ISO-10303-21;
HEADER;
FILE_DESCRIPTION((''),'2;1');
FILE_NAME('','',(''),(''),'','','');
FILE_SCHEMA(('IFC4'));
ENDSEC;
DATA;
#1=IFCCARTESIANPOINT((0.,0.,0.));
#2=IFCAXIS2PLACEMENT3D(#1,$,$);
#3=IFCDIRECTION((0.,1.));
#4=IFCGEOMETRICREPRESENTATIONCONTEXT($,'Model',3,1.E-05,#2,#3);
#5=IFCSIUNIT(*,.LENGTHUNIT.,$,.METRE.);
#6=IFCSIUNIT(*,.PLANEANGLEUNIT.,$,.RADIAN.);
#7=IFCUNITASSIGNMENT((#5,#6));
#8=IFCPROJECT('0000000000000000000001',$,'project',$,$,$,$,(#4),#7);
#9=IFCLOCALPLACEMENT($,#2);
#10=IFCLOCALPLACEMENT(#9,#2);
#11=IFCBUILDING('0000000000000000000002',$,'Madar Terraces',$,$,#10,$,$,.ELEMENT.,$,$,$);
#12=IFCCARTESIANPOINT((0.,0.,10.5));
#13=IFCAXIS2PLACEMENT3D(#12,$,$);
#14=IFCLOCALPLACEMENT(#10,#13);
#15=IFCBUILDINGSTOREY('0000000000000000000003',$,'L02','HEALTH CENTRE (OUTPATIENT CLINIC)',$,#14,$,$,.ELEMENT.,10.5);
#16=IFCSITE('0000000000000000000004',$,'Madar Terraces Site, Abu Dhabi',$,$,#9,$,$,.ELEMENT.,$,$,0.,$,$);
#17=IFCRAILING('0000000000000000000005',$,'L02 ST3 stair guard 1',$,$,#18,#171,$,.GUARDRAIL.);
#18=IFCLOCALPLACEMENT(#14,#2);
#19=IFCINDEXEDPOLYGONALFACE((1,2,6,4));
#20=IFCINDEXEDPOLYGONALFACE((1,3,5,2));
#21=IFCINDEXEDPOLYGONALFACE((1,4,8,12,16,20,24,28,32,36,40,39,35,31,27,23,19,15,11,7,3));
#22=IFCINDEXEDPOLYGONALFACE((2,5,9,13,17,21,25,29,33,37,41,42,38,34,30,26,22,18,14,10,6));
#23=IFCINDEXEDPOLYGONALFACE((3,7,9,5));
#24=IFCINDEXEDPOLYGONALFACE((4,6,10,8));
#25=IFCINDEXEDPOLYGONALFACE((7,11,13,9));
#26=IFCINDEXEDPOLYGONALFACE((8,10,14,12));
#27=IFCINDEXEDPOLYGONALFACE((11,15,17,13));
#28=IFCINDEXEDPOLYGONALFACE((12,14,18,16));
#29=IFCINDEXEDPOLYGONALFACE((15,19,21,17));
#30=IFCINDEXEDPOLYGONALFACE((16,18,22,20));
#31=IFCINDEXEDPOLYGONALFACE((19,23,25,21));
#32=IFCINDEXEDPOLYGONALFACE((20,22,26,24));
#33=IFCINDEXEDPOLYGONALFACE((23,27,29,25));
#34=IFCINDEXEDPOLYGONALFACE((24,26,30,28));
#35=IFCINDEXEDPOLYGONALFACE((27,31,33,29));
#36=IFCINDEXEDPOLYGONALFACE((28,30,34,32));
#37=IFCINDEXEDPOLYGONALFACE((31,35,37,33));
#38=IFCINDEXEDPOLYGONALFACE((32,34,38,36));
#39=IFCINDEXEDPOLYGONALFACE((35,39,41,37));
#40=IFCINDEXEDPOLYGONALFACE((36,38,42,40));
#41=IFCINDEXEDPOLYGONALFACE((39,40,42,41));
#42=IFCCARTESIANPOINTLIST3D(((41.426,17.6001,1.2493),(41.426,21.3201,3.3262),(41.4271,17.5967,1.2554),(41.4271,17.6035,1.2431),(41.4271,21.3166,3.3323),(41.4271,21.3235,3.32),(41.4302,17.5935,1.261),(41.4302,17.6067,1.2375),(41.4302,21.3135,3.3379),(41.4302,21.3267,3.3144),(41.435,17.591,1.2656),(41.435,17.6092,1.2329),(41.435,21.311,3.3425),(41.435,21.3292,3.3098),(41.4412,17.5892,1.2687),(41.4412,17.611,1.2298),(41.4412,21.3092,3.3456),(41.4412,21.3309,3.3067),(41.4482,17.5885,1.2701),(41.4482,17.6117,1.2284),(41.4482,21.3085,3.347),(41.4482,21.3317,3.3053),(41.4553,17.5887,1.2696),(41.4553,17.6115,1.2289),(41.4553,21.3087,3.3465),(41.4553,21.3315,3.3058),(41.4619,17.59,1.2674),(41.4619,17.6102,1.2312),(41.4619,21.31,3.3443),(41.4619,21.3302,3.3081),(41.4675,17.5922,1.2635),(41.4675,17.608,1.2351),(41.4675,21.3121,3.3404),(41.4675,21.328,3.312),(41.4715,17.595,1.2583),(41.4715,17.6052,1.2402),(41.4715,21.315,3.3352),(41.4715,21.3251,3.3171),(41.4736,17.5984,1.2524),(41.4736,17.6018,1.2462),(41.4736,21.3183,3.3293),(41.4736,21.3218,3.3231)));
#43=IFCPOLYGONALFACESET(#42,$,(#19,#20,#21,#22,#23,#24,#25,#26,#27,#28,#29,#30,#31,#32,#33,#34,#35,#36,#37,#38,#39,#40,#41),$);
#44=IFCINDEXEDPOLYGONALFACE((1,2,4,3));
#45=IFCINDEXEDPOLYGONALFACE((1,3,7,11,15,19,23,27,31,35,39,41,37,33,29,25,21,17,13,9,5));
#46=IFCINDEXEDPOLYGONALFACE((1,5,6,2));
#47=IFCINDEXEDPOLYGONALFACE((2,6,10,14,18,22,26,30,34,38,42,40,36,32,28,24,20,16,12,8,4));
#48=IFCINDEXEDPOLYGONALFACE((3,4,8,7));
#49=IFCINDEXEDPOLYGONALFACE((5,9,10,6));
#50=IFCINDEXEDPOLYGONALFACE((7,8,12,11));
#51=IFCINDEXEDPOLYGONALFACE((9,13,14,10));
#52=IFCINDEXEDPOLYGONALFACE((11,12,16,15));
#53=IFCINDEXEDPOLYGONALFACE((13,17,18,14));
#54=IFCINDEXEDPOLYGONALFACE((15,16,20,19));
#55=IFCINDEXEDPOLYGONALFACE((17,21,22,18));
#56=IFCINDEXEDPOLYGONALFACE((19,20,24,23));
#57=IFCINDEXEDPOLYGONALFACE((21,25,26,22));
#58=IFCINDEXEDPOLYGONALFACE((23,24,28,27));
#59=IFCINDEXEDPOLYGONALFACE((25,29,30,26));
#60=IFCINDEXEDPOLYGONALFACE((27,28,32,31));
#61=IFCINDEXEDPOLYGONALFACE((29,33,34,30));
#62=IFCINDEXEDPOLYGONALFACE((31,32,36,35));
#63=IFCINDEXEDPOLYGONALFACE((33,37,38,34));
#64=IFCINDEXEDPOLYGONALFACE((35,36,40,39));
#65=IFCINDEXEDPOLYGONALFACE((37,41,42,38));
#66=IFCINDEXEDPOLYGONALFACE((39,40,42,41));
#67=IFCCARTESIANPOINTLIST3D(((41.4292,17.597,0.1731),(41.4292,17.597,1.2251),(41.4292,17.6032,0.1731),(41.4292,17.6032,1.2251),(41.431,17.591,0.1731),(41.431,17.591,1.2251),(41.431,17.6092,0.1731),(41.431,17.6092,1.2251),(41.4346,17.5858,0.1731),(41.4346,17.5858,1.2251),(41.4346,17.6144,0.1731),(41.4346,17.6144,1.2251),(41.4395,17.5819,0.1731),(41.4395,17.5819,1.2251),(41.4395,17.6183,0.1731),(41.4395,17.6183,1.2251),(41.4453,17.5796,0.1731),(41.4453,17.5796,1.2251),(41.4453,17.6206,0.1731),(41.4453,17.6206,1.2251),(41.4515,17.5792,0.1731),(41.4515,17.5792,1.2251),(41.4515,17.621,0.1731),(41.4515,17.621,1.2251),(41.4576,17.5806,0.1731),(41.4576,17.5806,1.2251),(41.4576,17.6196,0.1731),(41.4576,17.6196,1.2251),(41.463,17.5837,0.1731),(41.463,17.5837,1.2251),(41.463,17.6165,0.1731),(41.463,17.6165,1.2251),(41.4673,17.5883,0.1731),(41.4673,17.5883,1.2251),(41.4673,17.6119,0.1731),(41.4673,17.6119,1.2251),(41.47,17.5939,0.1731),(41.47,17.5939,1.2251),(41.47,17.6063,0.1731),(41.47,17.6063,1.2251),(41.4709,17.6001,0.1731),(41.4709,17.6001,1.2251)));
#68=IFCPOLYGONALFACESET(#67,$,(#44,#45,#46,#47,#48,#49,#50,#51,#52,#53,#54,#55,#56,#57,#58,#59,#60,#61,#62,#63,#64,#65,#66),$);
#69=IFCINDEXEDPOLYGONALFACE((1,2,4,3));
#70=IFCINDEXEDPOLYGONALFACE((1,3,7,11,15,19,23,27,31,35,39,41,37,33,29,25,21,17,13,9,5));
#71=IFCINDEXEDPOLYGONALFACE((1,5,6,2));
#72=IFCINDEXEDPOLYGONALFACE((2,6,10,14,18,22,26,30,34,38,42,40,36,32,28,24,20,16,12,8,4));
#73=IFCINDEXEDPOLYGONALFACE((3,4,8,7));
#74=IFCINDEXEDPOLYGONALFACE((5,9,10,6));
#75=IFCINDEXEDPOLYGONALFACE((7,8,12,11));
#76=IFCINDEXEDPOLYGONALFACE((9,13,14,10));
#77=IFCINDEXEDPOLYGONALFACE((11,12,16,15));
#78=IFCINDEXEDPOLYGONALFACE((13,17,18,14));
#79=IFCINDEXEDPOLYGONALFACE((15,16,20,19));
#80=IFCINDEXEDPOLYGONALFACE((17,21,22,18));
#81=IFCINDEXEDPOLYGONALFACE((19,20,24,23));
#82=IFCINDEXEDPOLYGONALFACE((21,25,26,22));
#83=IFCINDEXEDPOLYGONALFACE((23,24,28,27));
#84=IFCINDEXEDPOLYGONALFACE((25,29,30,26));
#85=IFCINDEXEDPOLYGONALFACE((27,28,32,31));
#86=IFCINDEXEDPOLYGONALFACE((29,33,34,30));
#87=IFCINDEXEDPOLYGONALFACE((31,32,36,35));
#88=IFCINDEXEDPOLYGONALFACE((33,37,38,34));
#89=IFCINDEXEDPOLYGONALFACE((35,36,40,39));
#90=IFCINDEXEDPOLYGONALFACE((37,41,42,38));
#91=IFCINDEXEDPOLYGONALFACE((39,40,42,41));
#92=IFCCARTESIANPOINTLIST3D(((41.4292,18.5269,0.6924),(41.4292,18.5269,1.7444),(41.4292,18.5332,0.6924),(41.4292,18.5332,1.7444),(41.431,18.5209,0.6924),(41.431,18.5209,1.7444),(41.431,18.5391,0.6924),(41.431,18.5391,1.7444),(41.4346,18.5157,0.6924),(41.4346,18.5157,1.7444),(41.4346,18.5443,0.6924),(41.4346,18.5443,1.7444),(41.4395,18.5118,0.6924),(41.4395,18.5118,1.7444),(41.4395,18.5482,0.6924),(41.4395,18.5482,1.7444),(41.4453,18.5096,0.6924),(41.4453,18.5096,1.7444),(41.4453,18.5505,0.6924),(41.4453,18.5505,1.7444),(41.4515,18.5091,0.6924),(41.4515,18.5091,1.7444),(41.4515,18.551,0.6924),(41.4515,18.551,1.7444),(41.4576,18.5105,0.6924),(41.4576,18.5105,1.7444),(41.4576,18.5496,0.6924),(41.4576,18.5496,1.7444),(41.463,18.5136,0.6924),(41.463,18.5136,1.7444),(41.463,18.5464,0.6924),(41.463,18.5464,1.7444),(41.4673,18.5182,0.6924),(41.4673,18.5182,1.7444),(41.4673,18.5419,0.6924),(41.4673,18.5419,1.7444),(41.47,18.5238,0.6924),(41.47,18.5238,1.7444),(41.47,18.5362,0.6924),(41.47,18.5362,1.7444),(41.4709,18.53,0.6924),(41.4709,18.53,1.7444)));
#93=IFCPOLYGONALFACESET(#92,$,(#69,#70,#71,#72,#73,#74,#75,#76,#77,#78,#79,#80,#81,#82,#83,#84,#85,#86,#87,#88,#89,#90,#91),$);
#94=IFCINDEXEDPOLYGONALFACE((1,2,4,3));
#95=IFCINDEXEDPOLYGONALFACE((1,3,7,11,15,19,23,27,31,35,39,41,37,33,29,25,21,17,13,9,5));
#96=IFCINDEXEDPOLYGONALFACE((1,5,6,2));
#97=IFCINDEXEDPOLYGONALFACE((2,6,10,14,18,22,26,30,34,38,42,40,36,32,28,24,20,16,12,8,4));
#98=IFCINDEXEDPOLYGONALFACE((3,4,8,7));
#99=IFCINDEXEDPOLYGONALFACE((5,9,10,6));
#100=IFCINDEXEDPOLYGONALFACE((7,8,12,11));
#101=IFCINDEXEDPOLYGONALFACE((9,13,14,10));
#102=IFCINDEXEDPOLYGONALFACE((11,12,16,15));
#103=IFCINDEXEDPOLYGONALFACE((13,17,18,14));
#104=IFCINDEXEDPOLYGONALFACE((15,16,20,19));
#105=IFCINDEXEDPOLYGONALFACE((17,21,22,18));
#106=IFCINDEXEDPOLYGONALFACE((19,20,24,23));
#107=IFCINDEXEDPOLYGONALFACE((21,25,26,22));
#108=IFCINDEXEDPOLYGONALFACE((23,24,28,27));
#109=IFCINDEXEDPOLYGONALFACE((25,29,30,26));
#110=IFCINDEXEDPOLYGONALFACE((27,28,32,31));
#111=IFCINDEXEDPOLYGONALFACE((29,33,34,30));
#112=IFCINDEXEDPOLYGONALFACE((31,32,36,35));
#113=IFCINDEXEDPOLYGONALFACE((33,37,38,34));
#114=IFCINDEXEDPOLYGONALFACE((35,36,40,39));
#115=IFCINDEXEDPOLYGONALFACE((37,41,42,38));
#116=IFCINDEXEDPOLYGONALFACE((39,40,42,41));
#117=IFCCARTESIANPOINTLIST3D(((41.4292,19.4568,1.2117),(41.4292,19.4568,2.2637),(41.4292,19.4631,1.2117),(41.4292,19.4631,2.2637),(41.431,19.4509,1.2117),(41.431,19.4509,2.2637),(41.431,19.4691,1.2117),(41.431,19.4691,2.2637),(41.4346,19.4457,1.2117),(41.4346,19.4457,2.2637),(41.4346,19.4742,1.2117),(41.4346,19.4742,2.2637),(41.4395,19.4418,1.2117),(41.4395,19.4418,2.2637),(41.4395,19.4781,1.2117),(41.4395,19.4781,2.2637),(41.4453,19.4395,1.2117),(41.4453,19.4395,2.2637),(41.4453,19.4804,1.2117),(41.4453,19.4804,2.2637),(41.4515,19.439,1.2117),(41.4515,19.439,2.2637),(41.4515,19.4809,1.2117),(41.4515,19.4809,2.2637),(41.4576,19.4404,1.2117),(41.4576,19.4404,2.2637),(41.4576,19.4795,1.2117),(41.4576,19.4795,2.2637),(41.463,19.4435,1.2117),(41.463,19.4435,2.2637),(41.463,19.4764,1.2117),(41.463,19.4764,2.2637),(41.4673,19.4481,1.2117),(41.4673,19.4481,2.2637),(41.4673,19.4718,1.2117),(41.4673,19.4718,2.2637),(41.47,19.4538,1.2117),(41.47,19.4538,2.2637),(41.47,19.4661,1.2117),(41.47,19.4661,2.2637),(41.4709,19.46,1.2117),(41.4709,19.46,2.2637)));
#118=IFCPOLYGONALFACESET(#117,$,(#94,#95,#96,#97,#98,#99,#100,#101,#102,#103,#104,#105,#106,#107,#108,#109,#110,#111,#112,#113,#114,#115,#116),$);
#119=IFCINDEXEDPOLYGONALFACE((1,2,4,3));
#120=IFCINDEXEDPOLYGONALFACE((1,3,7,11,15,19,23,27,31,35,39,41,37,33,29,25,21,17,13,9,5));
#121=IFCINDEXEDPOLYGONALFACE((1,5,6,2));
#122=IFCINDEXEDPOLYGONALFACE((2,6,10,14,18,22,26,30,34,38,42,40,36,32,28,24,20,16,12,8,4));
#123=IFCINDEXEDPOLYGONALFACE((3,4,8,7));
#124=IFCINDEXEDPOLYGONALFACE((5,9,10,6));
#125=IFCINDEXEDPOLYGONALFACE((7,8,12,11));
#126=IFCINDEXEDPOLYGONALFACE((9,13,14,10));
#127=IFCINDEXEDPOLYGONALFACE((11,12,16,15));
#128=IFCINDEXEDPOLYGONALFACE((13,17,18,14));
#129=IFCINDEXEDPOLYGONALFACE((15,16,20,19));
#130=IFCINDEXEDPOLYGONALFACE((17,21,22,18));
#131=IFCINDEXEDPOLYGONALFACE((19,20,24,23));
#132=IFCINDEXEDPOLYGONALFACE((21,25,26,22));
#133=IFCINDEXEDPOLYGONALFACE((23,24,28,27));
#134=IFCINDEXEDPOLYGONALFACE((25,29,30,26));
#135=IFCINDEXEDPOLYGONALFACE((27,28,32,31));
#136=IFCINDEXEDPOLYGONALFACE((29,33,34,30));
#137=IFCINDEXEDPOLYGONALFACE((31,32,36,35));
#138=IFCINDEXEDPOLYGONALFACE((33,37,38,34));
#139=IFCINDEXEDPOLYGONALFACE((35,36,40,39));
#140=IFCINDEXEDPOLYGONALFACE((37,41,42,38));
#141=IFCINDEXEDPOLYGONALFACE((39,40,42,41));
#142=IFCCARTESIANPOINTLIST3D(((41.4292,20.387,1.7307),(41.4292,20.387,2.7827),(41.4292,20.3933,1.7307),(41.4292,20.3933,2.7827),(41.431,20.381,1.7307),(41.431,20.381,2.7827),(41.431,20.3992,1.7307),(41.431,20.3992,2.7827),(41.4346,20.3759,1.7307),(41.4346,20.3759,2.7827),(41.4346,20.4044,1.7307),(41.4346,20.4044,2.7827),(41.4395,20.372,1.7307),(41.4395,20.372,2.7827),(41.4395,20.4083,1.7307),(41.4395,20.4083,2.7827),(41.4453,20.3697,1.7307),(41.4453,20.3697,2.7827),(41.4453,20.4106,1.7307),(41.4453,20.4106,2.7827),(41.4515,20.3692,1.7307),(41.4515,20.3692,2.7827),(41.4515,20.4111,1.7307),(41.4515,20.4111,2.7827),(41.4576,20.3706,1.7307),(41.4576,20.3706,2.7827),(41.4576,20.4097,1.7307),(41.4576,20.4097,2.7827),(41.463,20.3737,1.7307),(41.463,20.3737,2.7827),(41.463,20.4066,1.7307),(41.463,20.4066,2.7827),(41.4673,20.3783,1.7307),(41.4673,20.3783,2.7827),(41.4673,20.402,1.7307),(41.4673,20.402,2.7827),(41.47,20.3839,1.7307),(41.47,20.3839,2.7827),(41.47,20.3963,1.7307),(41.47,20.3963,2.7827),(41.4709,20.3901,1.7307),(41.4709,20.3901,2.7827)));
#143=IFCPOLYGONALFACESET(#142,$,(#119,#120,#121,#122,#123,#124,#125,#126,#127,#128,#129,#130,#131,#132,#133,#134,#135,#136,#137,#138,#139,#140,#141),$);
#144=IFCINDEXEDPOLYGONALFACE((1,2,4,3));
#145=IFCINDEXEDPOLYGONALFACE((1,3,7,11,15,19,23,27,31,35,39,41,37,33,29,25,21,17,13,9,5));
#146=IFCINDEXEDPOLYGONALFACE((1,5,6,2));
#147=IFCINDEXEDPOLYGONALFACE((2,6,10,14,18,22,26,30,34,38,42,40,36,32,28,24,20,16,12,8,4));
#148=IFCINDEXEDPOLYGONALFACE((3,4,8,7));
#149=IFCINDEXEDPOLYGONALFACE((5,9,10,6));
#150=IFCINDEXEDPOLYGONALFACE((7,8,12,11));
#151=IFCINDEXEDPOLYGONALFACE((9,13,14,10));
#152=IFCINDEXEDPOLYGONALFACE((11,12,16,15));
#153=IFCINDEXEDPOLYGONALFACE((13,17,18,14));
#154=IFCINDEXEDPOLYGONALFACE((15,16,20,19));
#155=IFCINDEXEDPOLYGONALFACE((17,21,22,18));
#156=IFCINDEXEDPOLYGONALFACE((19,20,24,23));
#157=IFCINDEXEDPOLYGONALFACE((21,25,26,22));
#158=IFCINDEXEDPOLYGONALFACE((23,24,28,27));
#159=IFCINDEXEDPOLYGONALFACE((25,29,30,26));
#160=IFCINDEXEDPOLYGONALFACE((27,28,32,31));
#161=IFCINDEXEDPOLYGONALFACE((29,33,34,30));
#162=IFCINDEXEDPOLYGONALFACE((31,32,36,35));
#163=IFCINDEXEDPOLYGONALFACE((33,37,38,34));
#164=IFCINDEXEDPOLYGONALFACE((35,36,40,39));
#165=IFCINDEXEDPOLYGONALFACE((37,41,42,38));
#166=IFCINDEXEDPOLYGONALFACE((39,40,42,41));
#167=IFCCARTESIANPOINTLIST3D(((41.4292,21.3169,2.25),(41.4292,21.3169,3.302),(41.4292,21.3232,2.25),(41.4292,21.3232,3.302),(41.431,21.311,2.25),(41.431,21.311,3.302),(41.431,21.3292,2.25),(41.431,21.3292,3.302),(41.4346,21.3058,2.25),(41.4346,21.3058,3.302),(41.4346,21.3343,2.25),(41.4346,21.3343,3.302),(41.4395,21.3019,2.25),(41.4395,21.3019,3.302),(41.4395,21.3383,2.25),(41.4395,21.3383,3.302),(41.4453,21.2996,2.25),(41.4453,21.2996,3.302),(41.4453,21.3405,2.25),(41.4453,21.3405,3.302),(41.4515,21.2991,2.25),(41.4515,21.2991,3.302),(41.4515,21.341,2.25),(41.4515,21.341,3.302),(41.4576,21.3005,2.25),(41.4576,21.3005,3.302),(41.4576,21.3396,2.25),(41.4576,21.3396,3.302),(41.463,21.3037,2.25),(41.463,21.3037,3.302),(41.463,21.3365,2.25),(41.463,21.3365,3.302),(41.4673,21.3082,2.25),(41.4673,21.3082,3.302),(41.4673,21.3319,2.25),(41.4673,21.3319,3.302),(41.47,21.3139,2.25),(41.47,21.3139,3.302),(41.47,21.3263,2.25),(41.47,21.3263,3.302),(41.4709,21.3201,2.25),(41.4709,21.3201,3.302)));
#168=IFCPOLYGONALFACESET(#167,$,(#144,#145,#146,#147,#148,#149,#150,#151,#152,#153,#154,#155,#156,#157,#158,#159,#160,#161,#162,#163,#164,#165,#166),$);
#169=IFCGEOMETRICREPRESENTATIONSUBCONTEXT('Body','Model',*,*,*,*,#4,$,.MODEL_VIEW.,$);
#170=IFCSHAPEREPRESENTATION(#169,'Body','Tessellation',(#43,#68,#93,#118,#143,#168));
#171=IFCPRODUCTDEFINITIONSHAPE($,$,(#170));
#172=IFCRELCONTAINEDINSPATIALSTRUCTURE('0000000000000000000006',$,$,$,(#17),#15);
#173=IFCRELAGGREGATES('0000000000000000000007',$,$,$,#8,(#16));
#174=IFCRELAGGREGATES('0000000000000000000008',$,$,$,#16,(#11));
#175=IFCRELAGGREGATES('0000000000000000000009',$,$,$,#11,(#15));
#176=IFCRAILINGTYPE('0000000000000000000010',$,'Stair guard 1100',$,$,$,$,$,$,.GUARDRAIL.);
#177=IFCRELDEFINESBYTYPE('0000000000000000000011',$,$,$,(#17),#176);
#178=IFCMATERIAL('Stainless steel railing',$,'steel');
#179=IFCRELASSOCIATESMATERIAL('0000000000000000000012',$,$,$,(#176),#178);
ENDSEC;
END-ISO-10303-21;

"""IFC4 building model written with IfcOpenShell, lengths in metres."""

from ifc_helpers import new_model, si_unit, direction, frame, origin, origin_2d, place, context, subcontext, project, spatial, circle, extrude, material, type_object, element, save


model = new_model("IFC4")

# Units and contexts
model_context = context("Model", 3, precision=1e-05, world=origin(), true_north=direction((0.0, 1.0)))
body_context = subcontext(model_context, "Body", "Model", "MODEL_VIEW")
ifc_project = project(units=[si_unit("LENGTHUNIT", "METRE"), si_unit("PLANEANGLEUNIT", "RADIAN")], contexts=[model_context])

# Site, building, storey
site_placement = place(None, origin())
site = spatial("IfcSite", under=ifc_project, at=site_placement, Name="Madar Terraces Site, Abu Dhabi", CompositionType="ELEMENT", RefElevation=0.0)
building_placement = place(site_placement, origin())
building = spatial("IfcBuilding", under=site, at=building_placement, Name="Madar Terraces", CompositionType="ELEMENT")
storey_placement = place(building_placement, frame((0.0, 0.0, 10.5)))
storey = spatial("IfcBuildingStorey", under=building, at=storey_placement, Name="L02", Description="HEALTH CENTRE (OUTPATIENT CLINIC)", CompositionType="ELEMENT", Elevation=10.5)

# Railing
ifc_material_1 = material(Name="Stainless steel railing", Category="steel")
railing_type_1 = type_object("IfcRailingType", Name="Stair guard 1100", PredefinedType="GUARDRAIL", material=ifc_material_1)
for number, where, name in (
    (1, (41.45, 17.6001, 0.1731), "L02 ST3 stair guard 1"),
):
    element("IfcRailing", number, at=place(storey_placement, frame(where)), inside=storey, type_object=railing_type_1, Name=name, PredefinedType="GUARDRAIL", context=body_context, shape_type="SweptSolid", body=[
        extrude(circle(Radius=0.0239, at=origin_2d()), frame((0.0, 0.0, 1.0762), z_axis=(0.0, 0.873134, 0.487481), x_axis=(-1.0, 0.0, 0.0)), (0.0, 0.0, 1.0), 4.2605),
        extrude(circle(Radius=0.021, at=origin_2d()), origin(), (0.0, 0.0, 1.0), 1.052),
        extrude(circle(Radius=0.021, at=origin_2d()), frame((0.0, 0.9299, 0.5193)), (0.0, 0.0, 1.0), 1.052),
        extrude(circle(Radius=0.021, at=origin_2d()), frame((0.0, 1.8599, 1.0386)), (0.0, 0.0, 1.0), 1.052),
        extrude(circle(Radius=0.021, at=origin_2d()), frame((0.0, 2.79, 1.5576)), (0.0, 0.0, 1.0), 1.052),
        extrude(circle(Radius=0.021, at=origin_2d()), frame((0.0, 3.72, 2.0769)), (0.0, 0.0, 1.0), 1.052),
    ])

save(model, "model.ifc")
